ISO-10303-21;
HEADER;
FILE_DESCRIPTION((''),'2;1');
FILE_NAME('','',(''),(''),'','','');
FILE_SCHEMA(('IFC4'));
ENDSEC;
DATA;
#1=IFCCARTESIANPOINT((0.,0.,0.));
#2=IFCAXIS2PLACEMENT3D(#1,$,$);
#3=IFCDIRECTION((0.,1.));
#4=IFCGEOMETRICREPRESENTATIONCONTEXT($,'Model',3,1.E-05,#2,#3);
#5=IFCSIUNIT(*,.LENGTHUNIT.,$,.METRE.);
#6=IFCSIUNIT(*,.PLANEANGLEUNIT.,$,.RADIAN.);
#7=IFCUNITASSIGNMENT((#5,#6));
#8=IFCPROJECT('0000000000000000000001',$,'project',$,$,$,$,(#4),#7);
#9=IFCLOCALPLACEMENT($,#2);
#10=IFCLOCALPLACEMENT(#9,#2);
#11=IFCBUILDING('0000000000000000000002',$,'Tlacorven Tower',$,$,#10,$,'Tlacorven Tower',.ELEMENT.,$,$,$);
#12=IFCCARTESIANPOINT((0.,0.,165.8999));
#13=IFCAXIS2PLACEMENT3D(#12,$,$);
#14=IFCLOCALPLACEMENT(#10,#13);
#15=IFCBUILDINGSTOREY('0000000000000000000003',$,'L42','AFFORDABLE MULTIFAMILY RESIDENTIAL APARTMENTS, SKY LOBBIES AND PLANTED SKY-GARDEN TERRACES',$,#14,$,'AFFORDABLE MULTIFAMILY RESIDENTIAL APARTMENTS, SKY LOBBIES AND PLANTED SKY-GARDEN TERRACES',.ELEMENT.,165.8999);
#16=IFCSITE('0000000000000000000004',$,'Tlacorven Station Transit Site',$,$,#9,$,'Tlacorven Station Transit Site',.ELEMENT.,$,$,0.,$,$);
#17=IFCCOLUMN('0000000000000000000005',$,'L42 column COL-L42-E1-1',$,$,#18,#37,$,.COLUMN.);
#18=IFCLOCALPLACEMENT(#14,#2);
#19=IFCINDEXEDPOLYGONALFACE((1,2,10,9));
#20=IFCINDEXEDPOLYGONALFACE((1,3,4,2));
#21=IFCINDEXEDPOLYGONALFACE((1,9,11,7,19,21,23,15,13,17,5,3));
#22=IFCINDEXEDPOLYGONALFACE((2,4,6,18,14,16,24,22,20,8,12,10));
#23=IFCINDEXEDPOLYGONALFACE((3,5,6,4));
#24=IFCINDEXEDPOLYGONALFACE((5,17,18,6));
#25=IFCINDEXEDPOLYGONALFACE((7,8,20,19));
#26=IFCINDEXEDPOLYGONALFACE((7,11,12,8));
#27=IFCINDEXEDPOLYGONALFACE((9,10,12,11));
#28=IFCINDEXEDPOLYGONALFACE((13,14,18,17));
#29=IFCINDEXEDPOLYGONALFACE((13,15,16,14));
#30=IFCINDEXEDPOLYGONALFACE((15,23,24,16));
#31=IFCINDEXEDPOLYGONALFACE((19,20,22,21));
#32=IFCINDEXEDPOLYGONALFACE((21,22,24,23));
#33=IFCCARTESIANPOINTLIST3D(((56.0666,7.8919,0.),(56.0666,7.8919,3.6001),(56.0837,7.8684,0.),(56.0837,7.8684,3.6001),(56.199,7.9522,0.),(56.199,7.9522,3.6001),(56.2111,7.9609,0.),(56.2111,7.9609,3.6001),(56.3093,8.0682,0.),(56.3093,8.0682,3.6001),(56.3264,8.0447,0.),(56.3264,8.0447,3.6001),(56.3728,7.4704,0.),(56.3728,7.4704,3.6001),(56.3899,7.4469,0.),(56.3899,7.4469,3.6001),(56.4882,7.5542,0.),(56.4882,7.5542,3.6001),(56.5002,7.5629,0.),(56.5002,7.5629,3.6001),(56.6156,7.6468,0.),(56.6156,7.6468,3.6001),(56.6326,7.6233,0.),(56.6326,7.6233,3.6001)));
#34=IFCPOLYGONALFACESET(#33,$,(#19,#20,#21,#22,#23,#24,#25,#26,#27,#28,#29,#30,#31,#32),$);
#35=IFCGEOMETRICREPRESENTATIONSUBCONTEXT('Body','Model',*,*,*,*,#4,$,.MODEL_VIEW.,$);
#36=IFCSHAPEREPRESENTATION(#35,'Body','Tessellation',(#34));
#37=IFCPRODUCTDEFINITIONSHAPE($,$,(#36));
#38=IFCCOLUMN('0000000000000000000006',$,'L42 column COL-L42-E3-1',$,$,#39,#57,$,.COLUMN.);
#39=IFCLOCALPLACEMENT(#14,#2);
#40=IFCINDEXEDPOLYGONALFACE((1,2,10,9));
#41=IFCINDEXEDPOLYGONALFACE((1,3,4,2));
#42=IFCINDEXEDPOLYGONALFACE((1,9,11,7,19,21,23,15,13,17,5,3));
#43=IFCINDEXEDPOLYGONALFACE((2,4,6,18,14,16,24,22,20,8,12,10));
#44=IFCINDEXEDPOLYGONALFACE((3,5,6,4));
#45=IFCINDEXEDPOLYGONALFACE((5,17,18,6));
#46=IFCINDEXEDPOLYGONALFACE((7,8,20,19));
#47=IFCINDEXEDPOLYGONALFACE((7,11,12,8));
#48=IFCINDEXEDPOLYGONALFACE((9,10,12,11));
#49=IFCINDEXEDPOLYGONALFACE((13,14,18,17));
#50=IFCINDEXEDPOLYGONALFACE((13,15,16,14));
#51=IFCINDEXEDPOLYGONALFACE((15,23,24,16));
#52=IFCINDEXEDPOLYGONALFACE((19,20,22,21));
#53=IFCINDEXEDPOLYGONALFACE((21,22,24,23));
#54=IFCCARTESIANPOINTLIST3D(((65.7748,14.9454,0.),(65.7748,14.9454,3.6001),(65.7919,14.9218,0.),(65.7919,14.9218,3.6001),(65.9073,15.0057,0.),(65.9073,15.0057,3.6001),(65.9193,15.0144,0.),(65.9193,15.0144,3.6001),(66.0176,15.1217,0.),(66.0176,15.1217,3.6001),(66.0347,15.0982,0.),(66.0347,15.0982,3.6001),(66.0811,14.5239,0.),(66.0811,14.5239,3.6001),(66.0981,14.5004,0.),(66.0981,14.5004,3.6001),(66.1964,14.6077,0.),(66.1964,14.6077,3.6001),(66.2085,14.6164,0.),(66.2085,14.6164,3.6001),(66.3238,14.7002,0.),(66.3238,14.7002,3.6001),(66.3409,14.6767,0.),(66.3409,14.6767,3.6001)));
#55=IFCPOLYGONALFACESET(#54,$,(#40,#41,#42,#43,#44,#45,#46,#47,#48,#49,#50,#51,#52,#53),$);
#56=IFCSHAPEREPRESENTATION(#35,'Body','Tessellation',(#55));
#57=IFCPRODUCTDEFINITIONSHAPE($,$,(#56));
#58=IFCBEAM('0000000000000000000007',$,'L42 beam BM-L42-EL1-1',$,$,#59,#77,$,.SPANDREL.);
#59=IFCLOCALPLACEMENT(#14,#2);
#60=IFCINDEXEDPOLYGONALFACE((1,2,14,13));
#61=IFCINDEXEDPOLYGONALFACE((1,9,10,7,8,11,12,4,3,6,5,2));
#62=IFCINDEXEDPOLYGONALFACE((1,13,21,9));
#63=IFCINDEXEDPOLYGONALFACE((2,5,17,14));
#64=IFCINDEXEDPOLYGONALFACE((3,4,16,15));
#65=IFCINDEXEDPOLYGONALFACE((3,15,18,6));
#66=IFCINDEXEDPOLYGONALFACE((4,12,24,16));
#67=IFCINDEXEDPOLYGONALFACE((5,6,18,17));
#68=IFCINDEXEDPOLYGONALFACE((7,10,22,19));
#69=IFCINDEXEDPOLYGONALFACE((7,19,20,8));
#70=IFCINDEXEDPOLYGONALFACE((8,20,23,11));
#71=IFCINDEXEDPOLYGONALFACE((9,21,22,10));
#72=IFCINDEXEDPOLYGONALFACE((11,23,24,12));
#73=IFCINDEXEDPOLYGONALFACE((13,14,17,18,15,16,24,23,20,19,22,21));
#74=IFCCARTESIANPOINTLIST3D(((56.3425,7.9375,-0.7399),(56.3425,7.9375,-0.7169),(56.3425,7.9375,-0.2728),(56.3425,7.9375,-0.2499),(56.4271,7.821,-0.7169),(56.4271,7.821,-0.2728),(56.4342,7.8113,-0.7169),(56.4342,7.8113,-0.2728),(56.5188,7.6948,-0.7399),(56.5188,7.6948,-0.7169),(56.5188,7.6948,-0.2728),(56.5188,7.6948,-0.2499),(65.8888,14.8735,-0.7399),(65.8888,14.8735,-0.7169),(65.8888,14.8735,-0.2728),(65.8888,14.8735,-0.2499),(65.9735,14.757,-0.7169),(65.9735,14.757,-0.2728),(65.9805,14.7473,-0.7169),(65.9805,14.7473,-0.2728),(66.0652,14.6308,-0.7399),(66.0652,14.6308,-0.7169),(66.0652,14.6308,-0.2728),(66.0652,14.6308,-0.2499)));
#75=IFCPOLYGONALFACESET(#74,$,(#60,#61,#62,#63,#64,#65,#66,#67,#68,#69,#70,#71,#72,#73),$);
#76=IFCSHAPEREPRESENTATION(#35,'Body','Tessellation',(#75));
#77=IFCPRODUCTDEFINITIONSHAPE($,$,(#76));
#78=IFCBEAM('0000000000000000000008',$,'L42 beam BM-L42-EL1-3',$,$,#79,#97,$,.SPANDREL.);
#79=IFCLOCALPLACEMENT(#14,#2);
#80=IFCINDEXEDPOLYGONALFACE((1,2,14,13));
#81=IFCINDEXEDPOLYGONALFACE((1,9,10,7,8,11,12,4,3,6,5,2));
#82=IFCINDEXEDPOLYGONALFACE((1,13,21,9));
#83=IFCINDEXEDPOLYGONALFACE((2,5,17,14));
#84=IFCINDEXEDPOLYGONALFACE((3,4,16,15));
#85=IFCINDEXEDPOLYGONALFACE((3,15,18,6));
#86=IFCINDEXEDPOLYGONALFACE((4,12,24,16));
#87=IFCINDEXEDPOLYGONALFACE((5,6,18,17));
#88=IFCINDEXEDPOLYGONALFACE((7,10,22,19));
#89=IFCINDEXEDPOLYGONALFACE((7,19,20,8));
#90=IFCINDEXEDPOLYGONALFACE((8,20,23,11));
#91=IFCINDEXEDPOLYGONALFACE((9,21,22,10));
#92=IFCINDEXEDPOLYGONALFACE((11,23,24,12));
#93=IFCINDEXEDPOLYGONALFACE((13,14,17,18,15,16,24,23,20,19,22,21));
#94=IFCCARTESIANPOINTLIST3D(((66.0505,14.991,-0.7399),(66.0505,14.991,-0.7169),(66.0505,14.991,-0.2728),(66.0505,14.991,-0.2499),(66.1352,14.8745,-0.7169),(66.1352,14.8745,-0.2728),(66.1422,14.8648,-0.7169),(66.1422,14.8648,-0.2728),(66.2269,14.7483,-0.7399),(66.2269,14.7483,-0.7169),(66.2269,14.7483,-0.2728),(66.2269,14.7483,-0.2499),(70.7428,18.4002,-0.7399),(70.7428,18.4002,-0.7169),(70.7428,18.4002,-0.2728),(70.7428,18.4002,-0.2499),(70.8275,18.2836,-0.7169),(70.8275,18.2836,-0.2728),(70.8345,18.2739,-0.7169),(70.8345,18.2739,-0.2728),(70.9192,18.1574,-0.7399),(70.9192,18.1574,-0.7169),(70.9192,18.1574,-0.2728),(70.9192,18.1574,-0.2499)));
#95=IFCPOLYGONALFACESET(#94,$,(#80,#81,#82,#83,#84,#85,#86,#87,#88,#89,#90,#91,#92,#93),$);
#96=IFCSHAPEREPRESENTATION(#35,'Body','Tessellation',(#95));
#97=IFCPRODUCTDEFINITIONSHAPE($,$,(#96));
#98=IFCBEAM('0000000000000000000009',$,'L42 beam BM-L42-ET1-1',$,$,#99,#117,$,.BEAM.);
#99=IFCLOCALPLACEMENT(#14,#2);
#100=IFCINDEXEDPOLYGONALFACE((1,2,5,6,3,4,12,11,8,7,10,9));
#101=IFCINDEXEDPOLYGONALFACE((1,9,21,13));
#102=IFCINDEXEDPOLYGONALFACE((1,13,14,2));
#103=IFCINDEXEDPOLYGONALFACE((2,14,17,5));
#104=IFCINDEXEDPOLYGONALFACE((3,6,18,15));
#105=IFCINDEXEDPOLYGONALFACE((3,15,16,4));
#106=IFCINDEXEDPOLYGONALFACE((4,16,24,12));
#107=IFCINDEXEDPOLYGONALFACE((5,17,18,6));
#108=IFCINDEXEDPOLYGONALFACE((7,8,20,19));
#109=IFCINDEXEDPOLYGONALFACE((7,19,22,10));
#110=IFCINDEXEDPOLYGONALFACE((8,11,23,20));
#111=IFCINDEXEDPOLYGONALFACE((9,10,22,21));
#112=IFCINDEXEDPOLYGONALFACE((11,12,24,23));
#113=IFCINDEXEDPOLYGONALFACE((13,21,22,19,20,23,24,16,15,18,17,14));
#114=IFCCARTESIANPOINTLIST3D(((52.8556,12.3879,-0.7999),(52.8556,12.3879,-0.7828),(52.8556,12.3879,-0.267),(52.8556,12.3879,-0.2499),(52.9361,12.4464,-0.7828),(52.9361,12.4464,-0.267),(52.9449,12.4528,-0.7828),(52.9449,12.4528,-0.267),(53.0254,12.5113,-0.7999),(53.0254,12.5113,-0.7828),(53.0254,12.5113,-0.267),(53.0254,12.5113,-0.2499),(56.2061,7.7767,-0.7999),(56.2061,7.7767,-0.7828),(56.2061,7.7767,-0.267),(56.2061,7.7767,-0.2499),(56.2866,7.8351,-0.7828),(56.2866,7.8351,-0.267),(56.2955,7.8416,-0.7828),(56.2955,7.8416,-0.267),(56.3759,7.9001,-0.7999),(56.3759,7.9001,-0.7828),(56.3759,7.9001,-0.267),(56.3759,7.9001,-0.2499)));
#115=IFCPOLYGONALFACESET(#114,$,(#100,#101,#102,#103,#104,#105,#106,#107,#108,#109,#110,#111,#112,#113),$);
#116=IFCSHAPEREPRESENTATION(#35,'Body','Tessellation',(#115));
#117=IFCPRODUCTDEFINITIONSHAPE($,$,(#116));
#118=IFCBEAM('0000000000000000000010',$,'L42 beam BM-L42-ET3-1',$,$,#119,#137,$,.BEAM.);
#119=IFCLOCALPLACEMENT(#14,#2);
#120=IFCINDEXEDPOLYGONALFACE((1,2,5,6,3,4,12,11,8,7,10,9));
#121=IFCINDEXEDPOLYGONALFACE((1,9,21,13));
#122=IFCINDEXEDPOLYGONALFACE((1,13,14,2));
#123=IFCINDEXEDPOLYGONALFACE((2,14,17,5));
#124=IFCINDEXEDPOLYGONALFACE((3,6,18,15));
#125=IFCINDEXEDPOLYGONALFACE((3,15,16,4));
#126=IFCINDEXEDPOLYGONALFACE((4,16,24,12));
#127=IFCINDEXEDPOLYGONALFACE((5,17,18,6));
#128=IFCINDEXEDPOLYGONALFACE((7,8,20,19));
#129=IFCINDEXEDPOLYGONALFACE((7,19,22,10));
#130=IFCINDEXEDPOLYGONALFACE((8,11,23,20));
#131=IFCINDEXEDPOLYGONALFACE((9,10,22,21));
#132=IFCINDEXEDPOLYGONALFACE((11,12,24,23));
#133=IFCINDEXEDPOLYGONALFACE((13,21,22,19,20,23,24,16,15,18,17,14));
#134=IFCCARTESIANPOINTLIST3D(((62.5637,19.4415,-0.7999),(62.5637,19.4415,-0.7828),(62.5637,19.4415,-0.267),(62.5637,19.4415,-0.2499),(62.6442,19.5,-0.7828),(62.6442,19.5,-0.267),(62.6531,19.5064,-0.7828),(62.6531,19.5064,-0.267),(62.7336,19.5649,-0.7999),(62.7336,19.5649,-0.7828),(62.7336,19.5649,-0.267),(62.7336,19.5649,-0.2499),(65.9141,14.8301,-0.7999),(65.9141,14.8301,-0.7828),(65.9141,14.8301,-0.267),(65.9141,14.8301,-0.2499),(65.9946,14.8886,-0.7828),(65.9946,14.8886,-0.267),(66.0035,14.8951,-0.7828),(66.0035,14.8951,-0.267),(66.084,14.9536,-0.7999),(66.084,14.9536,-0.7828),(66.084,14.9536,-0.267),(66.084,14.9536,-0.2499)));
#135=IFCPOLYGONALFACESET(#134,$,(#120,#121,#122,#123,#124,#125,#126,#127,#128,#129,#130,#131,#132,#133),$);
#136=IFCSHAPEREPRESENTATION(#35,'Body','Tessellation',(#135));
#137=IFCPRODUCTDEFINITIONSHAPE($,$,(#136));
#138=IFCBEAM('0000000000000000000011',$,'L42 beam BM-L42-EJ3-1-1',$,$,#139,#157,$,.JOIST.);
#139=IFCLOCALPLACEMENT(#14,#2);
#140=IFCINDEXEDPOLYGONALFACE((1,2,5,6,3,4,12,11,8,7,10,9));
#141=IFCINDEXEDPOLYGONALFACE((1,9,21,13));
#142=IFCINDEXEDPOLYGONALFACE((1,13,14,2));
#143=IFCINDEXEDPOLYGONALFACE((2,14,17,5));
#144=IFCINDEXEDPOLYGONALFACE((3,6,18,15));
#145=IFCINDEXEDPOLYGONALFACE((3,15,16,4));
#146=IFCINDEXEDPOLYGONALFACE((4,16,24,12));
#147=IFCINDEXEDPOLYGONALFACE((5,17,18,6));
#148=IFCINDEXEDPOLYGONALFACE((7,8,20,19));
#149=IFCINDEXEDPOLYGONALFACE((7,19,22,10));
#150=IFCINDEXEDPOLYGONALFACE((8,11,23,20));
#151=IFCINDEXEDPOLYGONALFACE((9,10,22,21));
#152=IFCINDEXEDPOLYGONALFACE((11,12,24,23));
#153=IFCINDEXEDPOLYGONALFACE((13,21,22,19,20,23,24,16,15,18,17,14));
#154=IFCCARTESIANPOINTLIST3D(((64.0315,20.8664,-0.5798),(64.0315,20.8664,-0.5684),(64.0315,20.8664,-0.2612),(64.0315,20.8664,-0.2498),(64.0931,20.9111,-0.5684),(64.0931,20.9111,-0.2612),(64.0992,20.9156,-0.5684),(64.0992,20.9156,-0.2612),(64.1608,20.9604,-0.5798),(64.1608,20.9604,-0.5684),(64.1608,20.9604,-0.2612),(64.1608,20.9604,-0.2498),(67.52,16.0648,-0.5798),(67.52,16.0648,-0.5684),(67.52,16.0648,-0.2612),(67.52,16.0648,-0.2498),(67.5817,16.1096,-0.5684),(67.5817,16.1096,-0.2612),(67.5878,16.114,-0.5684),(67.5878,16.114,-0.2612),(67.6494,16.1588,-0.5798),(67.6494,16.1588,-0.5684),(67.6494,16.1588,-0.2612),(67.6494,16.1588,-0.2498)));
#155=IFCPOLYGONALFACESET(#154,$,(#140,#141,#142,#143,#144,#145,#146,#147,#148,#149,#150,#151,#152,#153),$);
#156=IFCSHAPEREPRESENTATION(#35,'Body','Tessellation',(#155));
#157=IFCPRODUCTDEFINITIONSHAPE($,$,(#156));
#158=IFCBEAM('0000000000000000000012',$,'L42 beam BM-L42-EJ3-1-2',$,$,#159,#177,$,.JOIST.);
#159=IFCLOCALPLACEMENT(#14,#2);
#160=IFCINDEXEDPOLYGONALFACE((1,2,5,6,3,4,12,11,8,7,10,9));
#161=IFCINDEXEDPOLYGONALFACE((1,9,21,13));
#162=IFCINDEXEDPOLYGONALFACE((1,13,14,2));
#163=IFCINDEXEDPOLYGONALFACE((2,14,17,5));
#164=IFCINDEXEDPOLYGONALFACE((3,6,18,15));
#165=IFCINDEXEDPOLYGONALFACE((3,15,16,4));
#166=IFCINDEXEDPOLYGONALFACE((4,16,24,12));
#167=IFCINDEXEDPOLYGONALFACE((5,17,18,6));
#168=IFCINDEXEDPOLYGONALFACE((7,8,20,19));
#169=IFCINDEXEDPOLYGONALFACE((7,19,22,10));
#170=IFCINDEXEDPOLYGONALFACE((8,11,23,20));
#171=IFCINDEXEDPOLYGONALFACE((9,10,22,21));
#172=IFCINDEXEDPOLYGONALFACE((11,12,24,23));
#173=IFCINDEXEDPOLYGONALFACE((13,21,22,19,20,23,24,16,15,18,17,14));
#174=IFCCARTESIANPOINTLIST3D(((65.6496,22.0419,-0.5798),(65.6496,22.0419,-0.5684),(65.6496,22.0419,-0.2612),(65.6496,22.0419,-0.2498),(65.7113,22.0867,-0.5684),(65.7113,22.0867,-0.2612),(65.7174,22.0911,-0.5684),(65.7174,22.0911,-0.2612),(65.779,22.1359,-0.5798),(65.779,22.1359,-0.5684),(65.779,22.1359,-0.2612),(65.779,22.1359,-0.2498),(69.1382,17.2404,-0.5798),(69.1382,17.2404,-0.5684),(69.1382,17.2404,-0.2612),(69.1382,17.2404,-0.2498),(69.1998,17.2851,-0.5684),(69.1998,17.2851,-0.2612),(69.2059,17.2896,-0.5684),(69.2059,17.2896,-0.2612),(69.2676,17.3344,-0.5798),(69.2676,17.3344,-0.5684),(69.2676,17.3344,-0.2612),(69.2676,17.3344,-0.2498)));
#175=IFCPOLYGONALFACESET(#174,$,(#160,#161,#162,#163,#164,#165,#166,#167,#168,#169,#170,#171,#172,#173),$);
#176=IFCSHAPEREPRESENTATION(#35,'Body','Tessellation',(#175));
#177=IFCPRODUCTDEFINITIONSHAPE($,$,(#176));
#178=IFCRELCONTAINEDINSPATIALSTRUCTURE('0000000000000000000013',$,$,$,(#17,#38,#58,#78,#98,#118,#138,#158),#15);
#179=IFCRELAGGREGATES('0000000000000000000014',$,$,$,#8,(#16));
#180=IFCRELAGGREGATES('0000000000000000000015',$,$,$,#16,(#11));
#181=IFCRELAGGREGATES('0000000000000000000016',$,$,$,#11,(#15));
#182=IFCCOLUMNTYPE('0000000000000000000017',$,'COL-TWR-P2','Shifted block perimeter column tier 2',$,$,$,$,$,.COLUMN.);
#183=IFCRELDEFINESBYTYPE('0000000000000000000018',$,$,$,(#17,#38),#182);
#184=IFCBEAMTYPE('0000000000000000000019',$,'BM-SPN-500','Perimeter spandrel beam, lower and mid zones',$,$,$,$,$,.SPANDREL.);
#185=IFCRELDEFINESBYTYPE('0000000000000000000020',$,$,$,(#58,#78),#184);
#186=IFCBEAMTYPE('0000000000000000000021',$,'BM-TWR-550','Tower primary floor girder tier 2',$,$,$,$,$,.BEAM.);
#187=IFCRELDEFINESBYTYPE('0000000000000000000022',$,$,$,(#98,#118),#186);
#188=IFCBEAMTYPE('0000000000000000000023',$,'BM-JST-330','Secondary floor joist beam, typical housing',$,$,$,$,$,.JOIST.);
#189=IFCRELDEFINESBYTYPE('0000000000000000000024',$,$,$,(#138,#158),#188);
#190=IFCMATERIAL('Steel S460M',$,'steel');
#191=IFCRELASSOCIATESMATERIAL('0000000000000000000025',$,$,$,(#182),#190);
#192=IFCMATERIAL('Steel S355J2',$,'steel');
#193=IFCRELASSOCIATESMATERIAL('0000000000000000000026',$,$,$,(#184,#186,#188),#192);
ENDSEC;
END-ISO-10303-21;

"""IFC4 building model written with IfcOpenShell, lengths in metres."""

from ifc_helpers import new_model, si_unit, direction, frame, origin, origin_2d, place, context, subcontext, project, spatial, i_section, extrude, source, transform, mapped, material, material_profile, profile_set, type_object, element, save


model = new_model("IFC4")

# Units and contexts
model_context = context("Model", 3, precision=1e-05, world=origin(), true_north=direction((0.0, 1.0)))
body_context = subcontext(model_context, "Body", "Model", "MODEL_VIEW")
ifc_project = project(units=[si_unit("LENGTHUNIT", "METRE"), si_unit("PLANEANGLEUNIT", "RADIAN")], contexts=[model_context])

# Site, building, storey
site_placement = place(None, origin())
site = spatial("IfcSite", under=ifc_project, at=site_placement, Name="Tlacorven Station Transit Site", LongName="Tlacorven Station Transit Site", CompositionType="ELEMENT", RefElevation=0.0)
building_placement = place(site_placement, origin())
building = spatial("IfcBuilding", under=site, at=building_placement, Name="Tlacorven Tower", LongName="Tlacorven Tower", CompositionType="ELEMENT")
storey_placement = place(building_placement, frame((0.0, 0.0, 165.8999)))
storey = spatial("IfcBuildingStorey", under=building, at=storey_placement, Name="L42", Description="AFFORDABLE MULTIFAMILY RESIDENTIAL APARTMENTS, SKY LOBBIES AND PLANTED SKY-GARDEN TERRACES", LongName="AFFORDABLE MULTIFAMILY RESIDENTIAL APARTMENTS, SKY LOBBIES AND PLANTED SKY-GARDEN TERRACES", CompositionType="ELEMENT", Elevation=165.8999)

# Columns
ifc_material_1 = material(Name="Steel S460M", Category="steel")
ifc_material_profile_1 = material_profile(ifc_material_1, i_section(OverallWidth=0.3, OverallDepth=0.55, WebThickness=0.0149, FlangeThickness=0.0291, at=origin_2d()), Name="HEB 550")
ifc_profile_set_1 = profile_set([ifc_material_profile_1], Name="Steel S460M")
column_type = type_object("IfcColumnType", Name="COL-TWR-P2", Description="Shifted block perimeter column tier 2", PredefinedType="COLUMN", material=ifc_profile_set_1)
shared_shape_1 = source(origin(), body_context, "Body", "SweptSolid", [
    extrude(i_section(OverallWidth=0.3, OverallDepth=0.55, WebThickness=0.0149, FlangeThickness=0.0291, at=origin_2d()), origin(), (0.0, 0.0, 1.0), 3.6001),
])
for number, where, z_axis, x_axis, name in (
    (1, (56.3496, 7.7576, 0.0), (0.0, 0.0, 1.0), (0.809017, 0.587785, 0.0), "L42 column COL-L42-E1-1"),
    (2, (66.0579, 14.811, 0.0), (0.0, 0.0, 1.0), (0.809017, 0.587785, 0.0), "L42 column COL-L42-E3-1"),
):
    element("IfcColumn", number, at=place(storey_placement, frame(where, z_axis=z_axis, x_axis=x_axis)), inside=storey, type_object=column_type, Name=name, PredefinedType="COLUMN", context=body_context, shape_type="MappedRepresentation", body=[
        mapped(shared_shape_1, transform((0.0, 0.0, 0.0), scale=1.0)),
    ])

# Beams
ifc_material_2 = material(Name="Steel S355J2", Category="steel")
ifc_material_profile_2 = material_profile(ifc_material_2, i_section(OverallWidth=0.3, OverallDepth=0.49, WebThickness=0.012, FlangeThickness=0.0229, at=origin_2d()), Name="HEA 500")
ifc_profile_set_2 = profile_set([ifc_material_profile_2], Name="Steel S355J2")
beam_type_1 = type_object("IfcBeamType", Name="BM-SPN-500", Description="Perimeter spandrel beam, lower and mid zones", PredefinedType="SPANDREL", material=ifc_profile_set_2)
shared_shape_2 = source(origin(), body_context, "Body", "SweptSolid", [
    extrude(i_section(OverallWidth=0.3, OverallDepth=0.49, WebThickness=0.012, FlangeThickness=0.0229, at=origin_2d()), origin(), (0.0, 0.0, 1.0), 11.8),
])
beam_1_placement = place(storey_placement, frame((56.4307, 7.8162, -0.4949), z_axis=(0.80901, 0.587795, 0.0), x_axis=(-0.587795, 0.80901, 0.0)))
element("IfcBeam", 3, at=beam_1_placement, inside=storey, type_object=beam_type_1, Name="L42 beam BM-L42-EL1-1", PredefinedType="SPANDREL", context=body_context, shape_type="MappedRepresentation", body=[
    mapped(shared_shape_2, transform((0.0, 0.0, 0.0), scale=1.0)),
])
shared_shape_3 = source(origin(), body_context, "Body", "SweptSolid", [
    extrude(i_section(OverallWidth=0.3, OverallDepth=0.49, WebThickness=0.012, FlangeThickness=0.0229, at=origin_2d()), origin(), (0.0, 0.0, 1.0), 5.8),
])
beam_2_placement = place(storey_placement, frame((66.1387, 14.8696, -0.4949), z_axis=(0.80902, 0.587781, 0.0), x_axis=(-0.587781, 0.80902, 0.0)))
element("IfcBeam", 4, at=beam_2_placement, inside=storey, type_object=beam_type_1, Name="L42 beam BM-L42-EL1-3", PredefinedType="SPANDREL", context=body_context, shape_type="MappedRepresentation", body=[
    mapped(shared_shape_3, transform((0.0, 0.0, 0.0), scale=1.0)),
])
ifc_material_profile_3 = material_profile(ifc_material_2, i_section(OverallWidth=0.21, OverallDepth=0.55, WebThickness=0.011, FlangeThickness=0.0171, at=origin_2d()), Name="IPE 550")
ifc_profile_set_3 = profile_set([ifc_material_profile_3], Name="Steel S355J2")
beam_type_2 = type_object("IfcBeamType", Name="BM-TWR-550", Description="Tower primary floor girder tier 2", PredefinedType="BEAM", material=ifc_profile_set_3)
shared_shape_4 = source(origin(), body_context, "Body", "SweptSolid", [
    extrude(i_section(OverallWidth=0.21, OverallDepth=0.55, WebThickness=0.011, FlangeThickness=0.0171, at=origin_2d()), origin(), (0.0, 0.0, 1.0), 5.7),
])
for number, where, z_axis, x_axis, name in (
    (5, (56.291, 7.8384, -0.5249), (-0.587815, 0.808995, 0.0), (-0.808995, -0.587815, 0.0), "L42 beam BM-L42-ET1-1"),
    (6, (65.999, 14.8918, -0.5249), (-0.587787, 0.809016, 0.0), (-0.809016, -0.587787, 0.0), "L42 beam BM-L42-ET3-1"),
):
    element("IfcBeam", number, at=place(storey_placement, frame(where, z_axis=z_axis, x_axis=x_axis)), inside=storey, type_object=beam_type_2, Name=name, PredefinedType="BEAM", context=body_context, shape_type="MappedRepresentation", body=[
        mapped(shared_shape_4, transform((0.0, 0.0, 0.0), scale=1.0)),
    ])
ifc_material_profile_4 = material_profile(ifc_material_2, i_section(OverallWidth=0.1599, OverallDepth=0.3301, WebThickness=0.0076, FlangeThickness=0.0115, at=origin_2d()), Name="IPE 330")
ifc_profile_set_4 = profile_set([ifc_material_profile_4], Name="Steel S355J2")
beam_type_3 = type_object("IfcBeamType", Name="BM-JST-330", Description="Secondary floor joist beam, typical housing", PredefinedType="JOIST", material=ifc_profile_set_4)
shared_shape_5 = source(origin(), body_context, "Body", "SweptSolid", [
    extrude(i_section(OverallWidth=0.1599, OverallDepth=0.3301, WebThickness=0.0076, FlangeThickness=0.0115, at=origin_2d()), origin(), (0.0, 0.0, 1.0), 5.9351),
])
for number, where, z_axis, x_axis, name in (
    (7, (67.5847, 16.1118, -0.4148), (-0.587788, 0.809015, 0.0), (-0.809015, -0.587788, 0.0), "L42 beam BM-L42-EJ3-1-1"),
    (8, (69.2029, 17.2874, -0.4148), (-0.587788, 0.809015, 0.0), (-0.809015, -0.587788, 0.0), "L42 beam BM-L42-EJ3-1-2"),
):
    element("IfcBeam", number, at=place(storey_placement, frame(where, z_axis=z_axis, x_axis=x_axis)), inside=storey, type_object=beam_type_3, Name=name, PredefinedType="JOIST", context=body_context, shape_type="MappedRepresentation", body=[
        mapped(shared_shape_5, transform((0.0, 0.0, 0.0), scale=1.0)),
    ])

save(model, "model.ifc")
